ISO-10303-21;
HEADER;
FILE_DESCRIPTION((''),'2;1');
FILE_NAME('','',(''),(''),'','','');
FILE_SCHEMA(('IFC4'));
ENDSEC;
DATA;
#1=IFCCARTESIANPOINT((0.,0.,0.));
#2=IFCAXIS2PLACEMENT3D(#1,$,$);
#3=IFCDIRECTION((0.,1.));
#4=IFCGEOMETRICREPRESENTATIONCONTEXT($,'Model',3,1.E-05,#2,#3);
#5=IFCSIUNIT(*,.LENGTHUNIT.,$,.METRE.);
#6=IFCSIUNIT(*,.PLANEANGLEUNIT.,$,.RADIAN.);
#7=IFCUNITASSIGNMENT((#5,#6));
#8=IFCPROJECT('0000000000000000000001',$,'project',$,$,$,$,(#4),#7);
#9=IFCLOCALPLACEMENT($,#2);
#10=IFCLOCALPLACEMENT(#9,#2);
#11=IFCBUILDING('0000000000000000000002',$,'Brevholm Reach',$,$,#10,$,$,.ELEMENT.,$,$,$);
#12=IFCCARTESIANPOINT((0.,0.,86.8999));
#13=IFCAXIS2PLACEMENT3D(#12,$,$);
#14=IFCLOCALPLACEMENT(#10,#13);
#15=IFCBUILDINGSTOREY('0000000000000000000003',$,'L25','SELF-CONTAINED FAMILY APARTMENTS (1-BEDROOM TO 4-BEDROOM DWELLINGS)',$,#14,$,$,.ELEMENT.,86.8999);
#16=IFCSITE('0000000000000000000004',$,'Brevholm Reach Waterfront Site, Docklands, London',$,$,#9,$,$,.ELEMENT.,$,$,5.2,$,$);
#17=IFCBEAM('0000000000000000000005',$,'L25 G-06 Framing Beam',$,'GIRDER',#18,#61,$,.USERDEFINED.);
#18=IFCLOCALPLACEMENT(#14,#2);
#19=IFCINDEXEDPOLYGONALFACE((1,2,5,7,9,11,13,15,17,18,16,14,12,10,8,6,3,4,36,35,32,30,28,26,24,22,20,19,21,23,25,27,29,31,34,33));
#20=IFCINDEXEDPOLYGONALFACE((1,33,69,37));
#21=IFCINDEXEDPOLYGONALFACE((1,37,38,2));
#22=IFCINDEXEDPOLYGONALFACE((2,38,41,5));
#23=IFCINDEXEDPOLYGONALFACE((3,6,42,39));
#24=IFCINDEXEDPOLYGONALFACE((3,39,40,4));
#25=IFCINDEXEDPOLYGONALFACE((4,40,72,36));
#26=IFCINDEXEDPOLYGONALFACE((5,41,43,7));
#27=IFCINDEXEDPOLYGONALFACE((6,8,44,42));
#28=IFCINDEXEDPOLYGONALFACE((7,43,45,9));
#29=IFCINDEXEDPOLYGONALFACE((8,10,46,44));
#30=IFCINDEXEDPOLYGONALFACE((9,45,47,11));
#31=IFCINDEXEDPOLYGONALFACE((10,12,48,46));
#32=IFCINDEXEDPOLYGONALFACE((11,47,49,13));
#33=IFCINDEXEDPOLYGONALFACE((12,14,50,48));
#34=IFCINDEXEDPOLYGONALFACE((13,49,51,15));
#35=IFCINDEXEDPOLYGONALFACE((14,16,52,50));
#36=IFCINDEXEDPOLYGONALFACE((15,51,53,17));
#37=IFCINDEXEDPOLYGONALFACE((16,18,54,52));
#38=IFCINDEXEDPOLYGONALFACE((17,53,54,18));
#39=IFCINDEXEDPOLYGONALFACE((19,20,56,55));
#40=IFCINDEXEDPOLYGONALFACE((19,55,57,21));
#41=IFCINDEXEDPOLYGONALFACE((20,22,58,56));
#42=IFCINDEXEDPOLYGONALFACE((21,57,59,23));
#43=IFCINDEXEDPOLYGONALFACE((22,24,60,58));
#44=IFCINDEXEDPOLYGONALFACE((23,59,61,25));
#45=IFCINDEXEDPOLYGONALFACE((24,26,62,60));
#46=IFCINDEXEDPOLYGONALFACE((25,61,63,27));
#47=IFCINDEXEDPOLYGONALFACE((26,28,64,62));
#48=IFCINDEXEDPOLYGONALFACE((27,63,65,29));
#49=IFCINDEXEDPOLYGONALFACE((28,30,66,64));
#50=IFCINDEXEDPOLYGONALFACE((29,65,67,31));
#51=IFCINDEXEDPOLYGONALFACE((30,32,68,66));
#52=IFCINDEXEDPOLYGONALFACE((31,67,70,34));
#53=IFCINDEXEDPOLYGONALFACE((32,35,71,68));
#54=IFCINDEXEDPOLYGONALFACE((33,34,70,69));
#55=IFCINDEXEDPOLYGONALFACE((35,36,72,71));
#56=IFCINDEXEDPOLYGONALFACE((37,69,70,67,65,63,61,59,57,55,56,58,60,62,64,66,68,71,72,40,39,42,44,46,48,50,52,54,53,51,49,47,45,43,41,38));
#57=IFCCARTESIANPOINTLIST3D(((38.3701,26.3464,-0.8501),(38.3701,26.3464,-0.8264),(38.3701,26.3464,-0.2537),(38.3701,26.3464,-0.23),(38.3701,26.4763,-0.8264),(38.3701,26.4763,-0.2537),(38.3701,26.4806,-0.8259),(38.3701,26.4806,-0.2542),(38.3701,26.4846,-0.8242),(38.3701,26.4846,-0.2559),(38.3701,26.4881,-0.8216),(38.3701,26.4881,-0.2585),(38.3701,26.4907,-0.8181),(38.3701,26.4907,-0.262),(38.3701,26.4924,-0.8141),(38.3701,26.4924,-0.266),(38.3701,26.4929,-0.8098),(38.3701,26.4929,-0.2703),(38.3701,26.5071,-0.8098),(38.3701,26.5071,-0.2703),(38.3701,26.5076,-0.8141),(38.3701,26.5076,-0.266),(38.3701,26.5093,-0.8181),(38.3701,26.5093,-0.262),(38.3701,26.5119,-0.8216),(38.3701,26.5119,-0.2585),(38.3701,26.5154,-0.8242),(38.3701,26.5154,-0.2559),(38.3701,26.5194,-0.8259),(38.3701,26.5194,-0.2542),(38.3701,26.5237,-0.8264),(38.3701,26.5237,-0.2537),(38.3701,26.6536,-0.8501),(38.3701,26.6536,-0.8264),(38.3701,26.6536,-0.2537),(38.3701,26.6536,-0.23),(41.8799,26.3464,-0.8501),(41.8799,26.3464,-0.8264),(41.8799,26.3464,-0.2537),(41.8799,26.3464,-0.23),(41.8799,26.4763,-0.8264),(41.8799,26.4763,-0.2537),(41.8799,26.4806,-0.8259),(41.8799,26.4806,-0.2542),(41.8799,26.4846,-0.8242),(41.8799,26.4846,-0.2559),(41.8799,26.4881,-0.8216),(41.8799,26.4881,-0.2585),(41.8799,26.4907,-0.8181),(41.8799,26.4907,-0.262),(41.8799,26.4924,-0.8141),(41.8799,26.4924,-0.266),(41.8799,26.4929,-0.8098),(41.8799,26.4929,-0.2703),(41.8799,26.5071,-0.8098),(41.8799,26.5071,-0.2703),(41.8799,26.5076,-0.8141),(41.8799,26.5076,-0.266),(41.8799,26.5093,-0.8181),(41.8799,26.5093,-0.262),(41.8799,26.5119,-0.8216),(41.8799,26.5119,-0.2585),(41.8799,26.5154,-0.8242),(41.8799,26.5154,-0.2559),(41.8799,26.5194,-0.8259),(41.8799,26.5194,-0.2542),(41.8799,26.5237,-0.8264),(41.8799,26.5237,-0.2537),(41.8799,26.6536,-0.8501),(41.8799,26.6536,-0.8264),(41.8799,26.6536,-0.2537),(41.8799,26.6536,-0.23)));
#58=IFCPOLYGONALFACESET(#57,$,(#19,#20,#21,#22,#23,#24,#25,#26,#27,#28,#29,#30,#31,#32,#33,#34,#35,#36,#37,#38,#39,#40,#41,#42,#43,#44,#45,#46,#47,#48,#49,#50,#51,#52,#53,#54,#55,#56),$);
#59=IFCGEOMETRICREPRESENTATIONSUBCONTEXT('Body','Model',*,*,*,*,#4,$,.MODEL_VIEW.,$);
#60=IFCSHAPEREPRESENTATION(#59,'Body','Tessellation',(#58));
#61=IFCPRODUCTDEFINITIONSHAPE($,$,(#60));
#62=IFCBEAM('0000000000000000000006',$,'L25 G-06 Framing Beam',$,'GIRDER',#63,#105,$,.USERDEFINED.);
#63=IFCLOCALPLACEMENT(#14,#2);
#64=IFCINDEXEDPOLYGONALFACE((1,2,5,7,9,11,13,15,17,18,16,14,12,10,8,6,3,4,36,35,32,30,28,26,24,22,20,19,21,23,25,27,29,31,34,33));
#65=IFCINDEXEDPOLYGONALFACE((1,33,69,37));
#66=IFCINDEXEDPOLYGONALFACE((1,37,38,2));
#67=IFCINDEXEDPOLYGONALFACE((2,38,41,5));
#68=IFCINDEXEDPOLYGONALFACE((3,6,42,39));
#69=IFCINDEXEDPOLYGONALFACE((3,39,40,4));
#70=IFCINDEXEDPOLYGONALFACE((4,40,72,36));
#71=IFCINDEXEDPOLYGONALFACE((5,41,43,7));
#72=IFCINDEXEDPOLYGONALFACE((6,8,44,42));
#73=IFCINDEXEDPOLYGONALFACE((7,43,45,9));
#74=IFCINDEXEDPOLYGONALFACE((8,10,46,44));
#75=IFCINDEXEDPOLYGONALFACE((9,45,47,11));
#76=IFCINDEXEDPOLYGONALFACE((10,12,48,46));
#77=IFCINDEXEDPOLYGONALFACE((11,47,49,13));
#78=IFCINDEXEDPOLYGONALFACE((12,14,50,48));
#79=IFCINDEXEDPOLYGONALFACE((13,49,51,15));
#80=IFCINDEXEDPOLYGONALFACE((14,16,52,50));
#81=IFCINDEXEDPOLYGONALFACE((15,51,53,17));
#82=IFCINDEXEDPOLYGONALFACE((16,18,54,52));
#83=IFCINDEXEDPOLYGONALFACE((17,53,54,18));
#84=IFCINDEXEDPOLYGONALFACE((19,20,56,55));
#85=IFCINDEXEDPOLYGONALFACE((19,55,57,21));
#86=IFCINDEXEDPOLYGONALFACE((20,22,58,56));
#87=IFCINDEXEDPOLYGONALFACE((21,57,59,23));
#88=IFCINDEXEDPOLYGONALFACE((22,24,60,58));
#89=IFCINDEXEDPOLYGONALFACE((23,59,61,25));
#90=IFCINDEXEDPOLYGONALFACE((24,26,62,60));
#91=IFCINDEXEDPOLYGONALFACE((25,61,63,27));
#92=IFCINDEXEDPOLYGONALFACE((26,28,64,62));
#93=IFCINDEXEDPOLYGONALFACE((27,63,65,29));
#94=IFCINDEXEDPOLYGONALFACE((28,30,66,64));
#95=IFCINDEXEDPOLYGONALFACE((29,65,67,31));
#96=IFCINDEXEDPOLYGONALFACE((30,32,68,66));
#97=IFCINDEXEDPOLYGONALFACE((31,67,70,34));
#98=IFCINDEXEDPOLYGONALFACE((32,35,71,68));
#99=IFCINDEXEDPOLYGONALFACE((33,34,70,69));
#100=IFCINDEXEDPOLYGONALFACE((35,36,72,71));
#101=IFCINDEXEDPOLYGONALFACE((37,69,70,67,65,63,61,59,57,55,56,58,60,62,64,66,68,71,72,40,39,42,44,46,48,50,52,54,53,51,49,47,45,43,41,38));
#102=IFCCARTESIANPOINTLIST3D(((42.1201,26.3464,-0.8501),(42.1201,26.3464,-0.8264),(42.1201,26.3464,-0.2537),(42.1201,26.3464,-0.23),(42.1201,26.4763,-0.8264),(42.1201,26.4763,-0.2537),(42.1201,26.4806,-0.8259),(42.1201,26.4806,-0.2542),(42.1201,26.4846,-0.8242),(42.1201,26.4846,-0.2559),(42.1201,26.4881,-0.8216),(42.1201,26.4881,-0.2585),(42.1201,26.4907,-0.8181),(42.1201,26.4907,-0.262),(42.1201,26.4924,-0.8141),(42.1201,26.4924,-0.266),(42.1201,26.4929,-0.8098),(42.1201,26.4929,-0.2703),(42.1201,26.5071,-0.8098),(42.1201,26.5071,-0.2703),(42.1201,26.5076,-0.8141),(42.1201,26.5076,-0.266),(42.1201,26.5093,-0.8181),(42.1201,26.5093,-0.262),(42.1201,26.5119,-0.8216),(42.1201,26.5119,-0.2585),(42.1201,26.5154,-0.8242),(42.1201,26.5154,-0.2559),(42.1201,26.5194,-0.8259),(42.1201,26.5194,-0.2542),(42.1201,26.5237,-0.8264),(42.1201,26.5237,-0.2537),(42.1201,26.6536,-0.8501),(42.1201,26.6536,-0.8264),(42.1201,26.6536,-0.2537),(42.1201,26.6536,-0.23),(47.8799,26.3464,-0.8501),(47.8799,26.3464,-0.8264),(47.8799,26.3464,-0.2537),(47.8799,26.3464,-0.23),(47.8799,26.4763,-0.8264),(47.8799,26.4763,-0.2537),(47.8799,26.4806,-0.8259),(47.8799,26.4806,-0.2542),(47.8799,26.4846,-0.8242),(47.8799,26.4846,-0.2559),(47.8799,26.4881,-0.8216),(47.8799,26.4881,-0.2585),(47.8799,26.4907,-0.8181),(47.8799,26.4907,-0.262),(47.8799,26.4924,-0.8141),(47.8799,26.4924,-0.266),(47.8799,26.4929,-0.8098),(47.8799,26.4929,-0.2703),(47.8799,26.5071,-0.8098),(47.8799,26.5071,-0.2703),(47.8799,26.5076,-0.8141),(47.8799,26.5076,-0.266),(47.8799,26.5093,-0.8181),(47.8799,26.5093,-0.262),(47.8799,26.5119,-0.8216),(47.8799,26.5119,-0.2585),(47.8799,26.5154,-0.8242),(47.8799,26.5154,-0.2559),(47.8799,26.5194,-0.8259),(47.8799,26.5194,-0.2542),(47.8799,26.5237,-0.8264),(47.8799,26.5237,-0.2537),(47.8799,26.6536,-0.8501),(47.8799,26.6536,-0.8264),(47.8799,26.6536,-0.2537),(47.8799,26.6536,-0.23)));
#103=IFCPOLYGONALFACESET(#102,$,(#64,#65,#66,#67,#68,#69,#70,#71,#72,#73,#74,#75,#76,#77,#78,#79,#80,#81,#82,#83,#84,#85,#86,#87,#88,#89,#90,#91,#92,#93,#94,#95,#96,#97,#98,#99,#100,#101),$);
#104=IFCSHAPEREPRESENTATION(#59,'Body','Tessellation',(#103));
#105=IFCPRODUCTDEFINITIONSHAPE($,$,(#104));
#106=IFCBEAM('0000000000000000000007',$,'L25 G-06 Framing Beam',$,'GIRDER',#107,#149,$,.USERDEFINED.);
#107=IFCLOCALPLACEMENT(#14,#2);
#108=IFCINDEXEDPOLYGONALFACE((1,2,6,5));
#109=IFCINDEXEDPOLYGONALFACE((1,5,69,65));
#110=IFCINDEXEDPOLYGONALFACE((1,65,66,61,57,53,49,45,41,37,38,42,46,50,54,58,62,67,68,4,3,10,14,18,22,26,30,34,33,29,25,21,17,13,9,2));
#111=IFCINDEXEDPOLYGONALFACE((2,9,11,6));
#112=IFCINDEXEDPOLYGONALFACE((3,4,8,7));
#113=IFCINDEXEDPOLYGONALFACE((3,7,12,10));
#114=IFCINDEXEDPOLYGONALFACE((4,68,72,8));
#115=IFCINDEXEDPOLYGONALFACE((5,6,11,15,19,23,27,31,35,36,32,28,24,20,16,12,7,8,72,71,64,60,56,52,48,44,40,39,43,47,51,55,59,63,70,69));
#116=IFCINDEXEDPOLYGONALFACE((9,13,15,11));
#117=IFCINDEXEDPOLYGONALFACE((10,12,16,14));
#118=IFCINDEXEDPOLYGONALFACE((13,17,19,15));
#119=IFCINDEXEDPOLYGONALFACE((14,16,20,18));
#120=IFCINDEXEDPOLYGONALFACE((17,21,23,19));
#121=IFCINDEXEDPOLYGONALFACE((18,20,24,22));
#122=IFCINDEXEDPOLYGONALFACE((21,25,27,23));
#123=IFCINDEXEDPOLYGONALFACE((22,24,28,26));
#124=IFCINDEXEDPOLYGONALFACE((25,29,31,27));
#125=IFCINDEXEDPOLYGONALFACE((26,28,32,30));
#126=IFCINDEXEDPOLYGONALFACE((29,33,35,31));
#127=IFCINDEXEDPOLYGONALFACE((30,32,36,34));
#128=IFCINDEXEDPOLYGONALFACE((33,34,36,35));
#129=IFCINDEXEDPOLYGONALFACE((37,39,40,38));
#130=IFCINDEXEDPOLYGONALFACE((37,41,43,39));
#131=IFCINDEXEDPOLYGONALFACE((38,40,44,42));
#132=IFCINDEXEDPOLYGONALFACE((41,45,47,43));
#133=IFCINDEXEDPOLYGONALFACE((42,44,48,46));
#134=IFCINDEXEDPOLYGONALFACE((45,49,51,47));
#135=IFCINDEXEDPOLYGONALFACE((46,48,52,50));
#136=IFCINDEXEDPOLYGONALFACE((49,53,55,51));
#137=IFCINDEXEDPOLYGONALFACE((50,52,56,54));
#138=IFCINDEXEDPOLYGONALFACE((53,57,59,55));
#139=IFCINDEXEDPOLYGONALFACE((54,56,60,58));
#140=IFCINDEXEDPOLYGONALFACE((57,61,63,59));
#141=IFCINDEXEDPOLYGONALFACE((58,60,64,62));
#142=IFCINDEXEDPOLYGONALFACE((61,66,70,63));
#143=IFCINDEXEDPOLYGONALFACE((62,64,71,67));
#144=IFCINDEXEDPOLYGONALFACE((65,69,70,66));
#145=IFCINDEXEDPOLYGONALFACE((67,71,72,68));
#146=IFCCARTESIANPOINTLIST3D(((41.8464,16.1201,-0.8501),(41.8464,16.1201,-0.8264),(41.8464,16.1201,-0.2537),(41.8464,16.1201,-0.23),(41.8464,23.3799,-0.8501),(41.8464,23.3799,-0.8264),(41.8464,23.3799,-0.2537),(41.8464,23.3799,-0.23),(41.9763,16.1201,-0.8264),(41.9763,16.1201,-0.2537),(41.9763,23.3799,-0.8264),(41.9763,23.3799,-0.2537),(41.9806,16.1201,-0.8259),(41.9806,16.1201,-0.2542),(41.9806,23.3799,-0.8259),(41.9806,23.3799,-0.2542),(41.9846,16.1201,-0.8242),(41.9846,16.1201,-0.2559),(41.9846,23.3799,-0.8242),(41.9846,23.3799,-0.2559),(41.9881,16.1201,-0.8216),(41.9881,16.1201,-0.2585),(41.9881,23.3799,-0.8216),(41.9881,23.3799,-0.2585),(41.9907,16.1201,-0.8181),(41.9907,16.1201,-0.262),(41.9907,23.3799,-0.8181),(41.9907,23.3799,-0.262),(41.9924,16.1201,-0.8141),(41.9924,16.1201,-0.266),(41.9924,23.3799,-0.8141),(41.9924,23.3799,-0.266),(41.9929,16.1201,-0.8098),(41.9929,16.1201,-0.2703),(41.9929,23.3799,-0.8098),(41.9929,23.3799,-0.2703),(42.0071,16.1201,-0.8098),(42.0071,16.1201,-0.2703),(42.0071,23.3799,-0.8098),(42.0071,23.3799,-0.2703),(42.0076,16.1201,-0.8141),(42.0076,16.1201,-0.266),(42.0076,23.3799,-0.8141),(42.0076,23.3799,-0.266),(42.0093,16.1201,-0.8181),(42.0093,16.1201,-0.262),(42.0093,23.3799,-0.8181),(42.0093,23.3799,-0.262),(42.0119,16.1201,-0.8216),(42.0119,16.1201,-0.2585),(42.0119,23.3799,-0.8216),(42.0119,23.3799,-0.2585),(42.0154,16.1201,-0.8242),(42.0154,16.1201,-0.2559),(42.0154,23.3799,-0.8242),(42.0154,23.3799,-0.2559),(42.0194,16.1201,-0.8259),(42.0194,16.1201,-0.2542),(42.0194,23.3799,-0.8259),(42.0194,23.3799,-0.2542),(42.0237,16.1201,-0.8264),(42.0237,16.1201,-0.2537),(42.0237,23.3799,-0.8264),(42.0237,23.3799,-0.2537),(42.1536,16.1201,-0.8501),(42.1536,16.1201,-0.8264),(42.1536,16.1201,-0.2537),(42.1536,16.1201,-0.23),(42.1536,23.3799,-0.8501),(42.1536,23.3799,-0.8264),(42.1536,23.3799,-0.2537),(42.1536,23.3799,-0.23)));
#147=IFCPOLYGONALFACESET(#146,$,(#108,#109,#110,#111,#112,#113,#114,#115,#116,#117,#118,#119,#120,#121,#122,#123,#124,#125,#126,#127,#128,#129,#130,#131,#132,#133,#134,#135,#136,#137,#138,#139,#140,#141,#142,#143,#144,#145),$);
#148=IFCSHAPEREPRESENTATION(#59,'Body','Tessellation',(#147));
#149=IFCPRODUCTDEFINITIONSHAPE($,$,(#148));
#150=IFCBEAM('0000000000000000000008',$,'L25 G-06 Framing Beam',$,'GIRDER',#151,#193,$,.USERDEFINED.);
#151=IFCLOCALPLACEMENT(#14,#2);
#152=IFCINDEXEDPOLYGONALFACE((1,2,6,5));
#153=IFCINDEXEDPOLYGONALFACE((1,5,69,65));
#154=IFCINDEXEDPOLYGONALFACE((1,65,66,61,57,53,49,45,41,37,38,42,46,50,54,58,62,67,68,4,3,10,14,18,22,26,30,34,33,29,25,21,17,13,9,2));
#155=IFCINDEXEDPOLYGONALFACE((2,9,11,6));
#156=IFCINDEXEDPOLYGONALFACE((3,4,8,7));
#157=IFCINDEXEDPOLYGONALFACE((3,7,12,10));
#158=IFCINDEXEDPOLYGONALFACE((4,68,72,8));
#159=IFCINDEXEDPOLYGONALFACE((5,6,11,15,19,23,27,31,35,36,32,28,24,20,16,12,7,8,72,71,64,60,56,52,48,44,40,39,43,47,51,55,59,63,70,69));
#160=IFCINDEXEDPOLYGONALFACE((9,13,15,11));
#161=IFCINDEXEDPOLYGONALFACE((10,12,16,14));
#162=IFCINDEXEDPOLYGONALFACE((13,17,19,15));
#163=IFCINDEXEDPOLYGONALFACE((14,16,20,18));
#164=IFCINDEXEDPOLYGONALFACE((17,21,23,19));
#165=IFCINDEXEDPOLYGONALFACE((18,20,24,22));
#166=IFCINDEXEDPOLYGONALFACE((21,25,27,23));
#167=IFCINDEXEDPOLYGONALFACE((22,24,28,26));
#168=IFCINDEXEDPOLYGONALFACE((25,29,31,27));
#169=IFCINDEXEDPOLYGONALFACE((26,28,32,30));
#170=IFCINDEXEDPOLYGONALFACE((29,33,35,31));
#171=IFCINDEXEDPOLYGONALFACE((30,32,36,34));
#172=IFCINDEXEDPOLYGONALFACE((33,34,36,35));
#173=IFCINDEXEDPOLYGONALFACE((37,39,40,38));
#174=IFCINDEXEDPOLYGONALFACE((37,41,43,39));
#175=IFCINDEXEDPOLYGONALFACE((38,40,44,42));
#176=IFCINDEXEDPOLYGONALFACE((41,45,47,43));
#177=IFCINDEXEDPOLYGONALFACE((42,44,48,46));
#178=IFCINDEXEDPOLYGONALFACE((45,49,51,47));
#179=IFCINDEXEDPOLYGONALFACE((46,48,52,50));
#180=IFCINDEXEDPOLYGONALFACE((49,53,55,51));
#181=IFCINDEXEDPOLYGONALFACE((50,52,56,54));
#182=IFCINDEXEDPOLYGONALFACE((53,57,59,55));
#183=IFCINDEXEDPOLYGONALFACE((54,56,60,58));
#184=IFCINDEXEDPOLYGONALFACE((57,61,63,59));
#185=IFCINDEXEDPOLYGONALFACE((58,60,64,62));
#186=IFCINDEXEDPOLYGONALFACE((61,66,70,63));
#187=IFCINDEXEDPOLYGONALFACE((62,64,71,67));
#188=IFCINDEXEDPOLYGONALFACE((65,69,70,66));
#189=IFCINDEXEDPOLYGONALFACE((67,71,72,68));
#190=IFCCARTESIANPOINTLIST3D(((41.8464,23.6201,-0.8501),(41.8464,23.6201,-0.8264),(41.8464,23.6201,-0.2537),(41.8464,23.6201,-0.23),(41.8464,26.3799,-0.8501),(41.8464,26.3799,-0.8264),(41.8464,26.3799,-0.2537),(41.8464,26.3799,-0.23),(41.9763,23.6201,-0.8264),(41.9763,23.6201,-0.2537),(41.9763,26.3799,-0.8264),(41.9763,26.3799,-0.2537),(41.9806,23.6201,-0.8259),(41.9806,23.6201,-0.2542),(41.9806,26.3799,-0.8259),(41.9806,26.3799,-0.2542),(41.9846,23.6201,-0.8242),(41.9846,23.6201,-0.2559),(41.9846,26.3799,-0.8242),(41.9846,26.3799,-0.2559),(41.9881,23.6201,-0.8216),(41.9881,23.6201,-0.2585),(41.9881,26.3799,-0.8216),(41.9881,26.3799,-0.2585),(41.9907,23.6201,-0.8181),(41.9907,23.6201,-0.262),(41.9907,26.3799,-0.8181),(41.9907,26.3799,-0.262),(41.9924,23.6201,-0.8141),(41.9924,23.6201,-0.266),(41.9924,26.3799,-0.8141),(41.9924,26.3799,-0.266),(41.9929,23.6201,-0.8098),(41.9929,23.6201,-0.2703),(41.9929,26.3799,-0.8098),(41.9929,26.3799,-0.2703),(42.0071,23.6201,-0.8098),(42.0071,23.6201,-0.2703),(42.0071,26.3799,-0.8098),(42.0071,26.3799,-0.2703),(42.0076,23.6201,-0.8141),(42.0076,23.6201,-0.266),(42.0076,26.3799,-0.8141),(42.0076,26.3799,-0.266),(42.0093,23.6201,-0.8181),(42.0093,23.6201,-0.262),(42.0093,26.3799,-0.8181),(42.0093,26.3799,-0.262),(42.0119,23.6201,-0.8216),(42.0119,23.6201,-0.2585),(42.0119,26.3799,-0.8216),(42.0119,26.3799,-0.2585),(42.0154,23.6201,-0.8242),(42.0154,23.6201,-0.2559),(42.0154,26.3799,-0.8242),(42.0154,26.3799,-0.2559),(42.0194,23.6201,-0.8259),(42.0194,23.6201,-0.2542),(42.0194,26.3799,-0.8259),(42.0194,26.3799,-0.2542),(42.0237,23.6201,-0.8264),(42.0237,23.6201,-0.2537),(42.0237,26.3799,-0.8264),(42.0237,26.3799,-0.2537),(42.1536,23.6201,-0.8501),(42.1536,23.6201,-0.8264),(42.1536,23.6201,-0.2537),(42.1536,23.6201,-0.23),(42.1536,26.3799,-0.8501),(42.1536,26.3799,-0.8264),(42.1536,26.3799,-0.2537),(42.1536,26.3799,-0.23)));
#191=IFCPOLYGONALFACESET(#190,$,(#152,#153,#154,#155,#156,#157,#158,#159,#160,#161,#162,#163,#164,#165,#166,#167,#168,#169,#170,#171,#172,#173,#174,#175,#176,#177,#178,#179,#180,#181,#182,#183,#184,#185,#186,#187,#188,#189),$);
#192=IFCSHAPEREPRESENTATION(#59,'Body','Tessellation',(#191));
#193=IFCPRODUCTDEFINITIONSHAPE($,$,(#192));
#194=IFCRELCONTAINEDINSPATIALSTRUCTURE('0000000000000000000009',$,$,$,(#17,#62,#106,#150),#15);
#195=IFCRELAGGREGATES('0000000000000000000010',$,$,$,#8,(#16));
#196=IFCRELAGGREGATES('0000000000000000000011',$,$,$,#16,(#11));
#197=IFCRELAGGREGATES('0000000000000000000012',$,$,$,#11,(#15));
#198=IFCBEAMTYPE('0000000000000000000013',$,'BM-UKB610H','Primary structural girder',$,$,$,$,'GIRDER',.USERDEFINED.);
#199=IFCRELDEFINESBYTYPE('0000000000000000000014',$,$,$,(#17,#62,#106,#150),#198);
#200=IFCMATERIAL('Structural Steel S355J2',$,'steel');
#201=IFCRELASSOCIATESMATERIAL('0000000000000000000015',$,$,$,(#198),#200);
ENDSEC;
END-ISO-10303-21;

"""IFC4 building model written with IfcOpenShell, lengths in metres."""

from ifc_helpers import new_model, si_unit, direction, frame, origin, origin_2d, place, context, subcontext, project, spatial, i_section, extrude, material, material_profile, profile_set, type_object, element, save


model = new_model("IFC4")

# Units and contexts
model_context = context("Model", 3, precision=1e-05, world=origin(), true_north=direction((0.0, 1.0)))
body_context = subcontext(model_context, "Body", "Model", "MODEL_VIEW")
ifc_project = project(units=[si_unit("LENGTHUNIT", "METRE"), si_unit("PLANEANGLEUNIT", "RADIAN")], contexts=[model_context])

# Site, building, storey
site_placement = place(None, origin())
site = spatial("IfcSite", under=ifc_project, at=site_placement, Name="Brevholm Reach Waterfront Site, Docklands, London", CompositionType="ELEMENT", RefElevation=5.2)
building_placement = place(site_placement, origin())
building = spatial("IfcBuilding", under=site, at=building_placement, Name="Brevholm Reach", CompositionType="ELEMENT")
storey_placement = place(building_placement, frame((0.0, 0.0, 86.8999)))
storey = spatial("IfcBuildingStorey", under=building, at=storey_placement, Name="L25", Description="SELF-CONTAINED FAMILY APARTMENTS (1-BEDROOM TO 4-BEDROOM DWELLINGS)", CompositionType="ELEMENT", Elevation=86.8999)

# Beams
ifc_material_1 = material(Name="Structural Steel S355J2", Category="steel")
ifc_material_profile_1 = material_profile(ifc_material_1, i_section(OverallWidth=0.3071, OverallDepth=0.6201, WebThickness=0.0142, FlangeThickness=0.0237, FilletRadius=0.0166, at=origin_2d()), Name="UKB 610x305x179")
ifc_profile_set_1 = profile_set([ifc_material_profile_1], Name="Structural Steel S355J2")
beam_type_1 = type_object("IfcBeamType", Name="BM-UKB610H", Description="Primary structural girder", ElementType="GIRDER", PredefinedType="USERDEFINED", material=ifc_profile_set_1)
beam_1_placement = place(storey_placement, frame((38.3701, 26.5, -0.54), z_axis=(1.0, 0.0, 0.0), x_axis=(0.0, 1.0, 0.0)))
element("IfcBeam", 1, at=beam_1_placement, inside=storey, type_object=beam_type_1, Name="L25 G-06 Framing Beam", ObjectType="GIRDER", PredefinedType="USERDEFINED", context=body_context, shape_type="SweptSolid", body=[
    extrude(i_section(OverallWidth=0.3071, OverallDepth=0.6201, WebThickness=0.0142, FlangeThickness=0.0237, FilletRadius=0.0166, at=origin_2d()), origin(), (0.0, 0.0, 1.0), 3.5098),
])
beam_2_placement = place(storey_placement, frame((42.1201, 26.5, -0.54), z_axis=(1.0, 0.0, 0.0), x_axis=(0.0, 1.0, 0.0)))
element("IfcBeam", 2, at=beam_2_placement, inside=storey, type_object=beam_type_1, Name="L25 G-06 Framing Beam", ObjectType="GIRDER", PredefinedType="USERDEFINED", context=body_context, shape_type="SweptSolid", body=[
    extrude(i_section(OverallWidth=0.3071, OverallDepth=0.6201, WebThickness=0.0142, FlangeThickness=0.0237, FilletRadius=0.0166, at=origin_2d()), origin(), (0.0, 0.0, 1.0), 5.7598),
])
beam_3_placement = place(storey_placement, frame((42.0, 16.1201, -0.54), z_axis=(0.0, 1.0, 0.0), x_axis=(-1.0, 0.0, 0.0)))
element("IfcBeam", 3, at=beam_3_placement, inside=storey, type_object=beam_type_1, Name="L25 G-06 Framing Beam", ObjectType="GIRDER", PredefinedType="USERDEFINED", context=body_context, shape_type="SweptSolid", body=[
    extrude(i_section(OverallWidth=0.3071, OverallDepth=0.6201, WebThickness=0.0142, FlangeThickness=0.0237, FilletRadius=0.0166, at=origin_2d()), origin(), (0.0, 0.0, 1.0), 7.2598),
])
beam_4_placement = place(storey_placement, frame((42.0, 23.6201, -0.54), z_axis=(0.0, 1.0, 0.0), x_axis=(-1.0, 0.0, 0.0)))
element("IfcBeam", 4, at=beam_4_placement, inside=storey, type_object=beam_type_1, Name="L25 G-06 Framing Beam", ObjectType="GIRDER", PredefinedType="USERDEFINED", context=body_context, shape_type="SweptSolid", body=[
    extrude(i_section(OverallWidth=0.3071, OverallDepth=0.6201, WebThickness=0.0142, FlangeThickness=0.0237, FilletRadius=0.0166, at=origin_2d()), origin(), (0.0, 0.0, 1.0), 2.7598),
])

save(model, "model.ifc")
